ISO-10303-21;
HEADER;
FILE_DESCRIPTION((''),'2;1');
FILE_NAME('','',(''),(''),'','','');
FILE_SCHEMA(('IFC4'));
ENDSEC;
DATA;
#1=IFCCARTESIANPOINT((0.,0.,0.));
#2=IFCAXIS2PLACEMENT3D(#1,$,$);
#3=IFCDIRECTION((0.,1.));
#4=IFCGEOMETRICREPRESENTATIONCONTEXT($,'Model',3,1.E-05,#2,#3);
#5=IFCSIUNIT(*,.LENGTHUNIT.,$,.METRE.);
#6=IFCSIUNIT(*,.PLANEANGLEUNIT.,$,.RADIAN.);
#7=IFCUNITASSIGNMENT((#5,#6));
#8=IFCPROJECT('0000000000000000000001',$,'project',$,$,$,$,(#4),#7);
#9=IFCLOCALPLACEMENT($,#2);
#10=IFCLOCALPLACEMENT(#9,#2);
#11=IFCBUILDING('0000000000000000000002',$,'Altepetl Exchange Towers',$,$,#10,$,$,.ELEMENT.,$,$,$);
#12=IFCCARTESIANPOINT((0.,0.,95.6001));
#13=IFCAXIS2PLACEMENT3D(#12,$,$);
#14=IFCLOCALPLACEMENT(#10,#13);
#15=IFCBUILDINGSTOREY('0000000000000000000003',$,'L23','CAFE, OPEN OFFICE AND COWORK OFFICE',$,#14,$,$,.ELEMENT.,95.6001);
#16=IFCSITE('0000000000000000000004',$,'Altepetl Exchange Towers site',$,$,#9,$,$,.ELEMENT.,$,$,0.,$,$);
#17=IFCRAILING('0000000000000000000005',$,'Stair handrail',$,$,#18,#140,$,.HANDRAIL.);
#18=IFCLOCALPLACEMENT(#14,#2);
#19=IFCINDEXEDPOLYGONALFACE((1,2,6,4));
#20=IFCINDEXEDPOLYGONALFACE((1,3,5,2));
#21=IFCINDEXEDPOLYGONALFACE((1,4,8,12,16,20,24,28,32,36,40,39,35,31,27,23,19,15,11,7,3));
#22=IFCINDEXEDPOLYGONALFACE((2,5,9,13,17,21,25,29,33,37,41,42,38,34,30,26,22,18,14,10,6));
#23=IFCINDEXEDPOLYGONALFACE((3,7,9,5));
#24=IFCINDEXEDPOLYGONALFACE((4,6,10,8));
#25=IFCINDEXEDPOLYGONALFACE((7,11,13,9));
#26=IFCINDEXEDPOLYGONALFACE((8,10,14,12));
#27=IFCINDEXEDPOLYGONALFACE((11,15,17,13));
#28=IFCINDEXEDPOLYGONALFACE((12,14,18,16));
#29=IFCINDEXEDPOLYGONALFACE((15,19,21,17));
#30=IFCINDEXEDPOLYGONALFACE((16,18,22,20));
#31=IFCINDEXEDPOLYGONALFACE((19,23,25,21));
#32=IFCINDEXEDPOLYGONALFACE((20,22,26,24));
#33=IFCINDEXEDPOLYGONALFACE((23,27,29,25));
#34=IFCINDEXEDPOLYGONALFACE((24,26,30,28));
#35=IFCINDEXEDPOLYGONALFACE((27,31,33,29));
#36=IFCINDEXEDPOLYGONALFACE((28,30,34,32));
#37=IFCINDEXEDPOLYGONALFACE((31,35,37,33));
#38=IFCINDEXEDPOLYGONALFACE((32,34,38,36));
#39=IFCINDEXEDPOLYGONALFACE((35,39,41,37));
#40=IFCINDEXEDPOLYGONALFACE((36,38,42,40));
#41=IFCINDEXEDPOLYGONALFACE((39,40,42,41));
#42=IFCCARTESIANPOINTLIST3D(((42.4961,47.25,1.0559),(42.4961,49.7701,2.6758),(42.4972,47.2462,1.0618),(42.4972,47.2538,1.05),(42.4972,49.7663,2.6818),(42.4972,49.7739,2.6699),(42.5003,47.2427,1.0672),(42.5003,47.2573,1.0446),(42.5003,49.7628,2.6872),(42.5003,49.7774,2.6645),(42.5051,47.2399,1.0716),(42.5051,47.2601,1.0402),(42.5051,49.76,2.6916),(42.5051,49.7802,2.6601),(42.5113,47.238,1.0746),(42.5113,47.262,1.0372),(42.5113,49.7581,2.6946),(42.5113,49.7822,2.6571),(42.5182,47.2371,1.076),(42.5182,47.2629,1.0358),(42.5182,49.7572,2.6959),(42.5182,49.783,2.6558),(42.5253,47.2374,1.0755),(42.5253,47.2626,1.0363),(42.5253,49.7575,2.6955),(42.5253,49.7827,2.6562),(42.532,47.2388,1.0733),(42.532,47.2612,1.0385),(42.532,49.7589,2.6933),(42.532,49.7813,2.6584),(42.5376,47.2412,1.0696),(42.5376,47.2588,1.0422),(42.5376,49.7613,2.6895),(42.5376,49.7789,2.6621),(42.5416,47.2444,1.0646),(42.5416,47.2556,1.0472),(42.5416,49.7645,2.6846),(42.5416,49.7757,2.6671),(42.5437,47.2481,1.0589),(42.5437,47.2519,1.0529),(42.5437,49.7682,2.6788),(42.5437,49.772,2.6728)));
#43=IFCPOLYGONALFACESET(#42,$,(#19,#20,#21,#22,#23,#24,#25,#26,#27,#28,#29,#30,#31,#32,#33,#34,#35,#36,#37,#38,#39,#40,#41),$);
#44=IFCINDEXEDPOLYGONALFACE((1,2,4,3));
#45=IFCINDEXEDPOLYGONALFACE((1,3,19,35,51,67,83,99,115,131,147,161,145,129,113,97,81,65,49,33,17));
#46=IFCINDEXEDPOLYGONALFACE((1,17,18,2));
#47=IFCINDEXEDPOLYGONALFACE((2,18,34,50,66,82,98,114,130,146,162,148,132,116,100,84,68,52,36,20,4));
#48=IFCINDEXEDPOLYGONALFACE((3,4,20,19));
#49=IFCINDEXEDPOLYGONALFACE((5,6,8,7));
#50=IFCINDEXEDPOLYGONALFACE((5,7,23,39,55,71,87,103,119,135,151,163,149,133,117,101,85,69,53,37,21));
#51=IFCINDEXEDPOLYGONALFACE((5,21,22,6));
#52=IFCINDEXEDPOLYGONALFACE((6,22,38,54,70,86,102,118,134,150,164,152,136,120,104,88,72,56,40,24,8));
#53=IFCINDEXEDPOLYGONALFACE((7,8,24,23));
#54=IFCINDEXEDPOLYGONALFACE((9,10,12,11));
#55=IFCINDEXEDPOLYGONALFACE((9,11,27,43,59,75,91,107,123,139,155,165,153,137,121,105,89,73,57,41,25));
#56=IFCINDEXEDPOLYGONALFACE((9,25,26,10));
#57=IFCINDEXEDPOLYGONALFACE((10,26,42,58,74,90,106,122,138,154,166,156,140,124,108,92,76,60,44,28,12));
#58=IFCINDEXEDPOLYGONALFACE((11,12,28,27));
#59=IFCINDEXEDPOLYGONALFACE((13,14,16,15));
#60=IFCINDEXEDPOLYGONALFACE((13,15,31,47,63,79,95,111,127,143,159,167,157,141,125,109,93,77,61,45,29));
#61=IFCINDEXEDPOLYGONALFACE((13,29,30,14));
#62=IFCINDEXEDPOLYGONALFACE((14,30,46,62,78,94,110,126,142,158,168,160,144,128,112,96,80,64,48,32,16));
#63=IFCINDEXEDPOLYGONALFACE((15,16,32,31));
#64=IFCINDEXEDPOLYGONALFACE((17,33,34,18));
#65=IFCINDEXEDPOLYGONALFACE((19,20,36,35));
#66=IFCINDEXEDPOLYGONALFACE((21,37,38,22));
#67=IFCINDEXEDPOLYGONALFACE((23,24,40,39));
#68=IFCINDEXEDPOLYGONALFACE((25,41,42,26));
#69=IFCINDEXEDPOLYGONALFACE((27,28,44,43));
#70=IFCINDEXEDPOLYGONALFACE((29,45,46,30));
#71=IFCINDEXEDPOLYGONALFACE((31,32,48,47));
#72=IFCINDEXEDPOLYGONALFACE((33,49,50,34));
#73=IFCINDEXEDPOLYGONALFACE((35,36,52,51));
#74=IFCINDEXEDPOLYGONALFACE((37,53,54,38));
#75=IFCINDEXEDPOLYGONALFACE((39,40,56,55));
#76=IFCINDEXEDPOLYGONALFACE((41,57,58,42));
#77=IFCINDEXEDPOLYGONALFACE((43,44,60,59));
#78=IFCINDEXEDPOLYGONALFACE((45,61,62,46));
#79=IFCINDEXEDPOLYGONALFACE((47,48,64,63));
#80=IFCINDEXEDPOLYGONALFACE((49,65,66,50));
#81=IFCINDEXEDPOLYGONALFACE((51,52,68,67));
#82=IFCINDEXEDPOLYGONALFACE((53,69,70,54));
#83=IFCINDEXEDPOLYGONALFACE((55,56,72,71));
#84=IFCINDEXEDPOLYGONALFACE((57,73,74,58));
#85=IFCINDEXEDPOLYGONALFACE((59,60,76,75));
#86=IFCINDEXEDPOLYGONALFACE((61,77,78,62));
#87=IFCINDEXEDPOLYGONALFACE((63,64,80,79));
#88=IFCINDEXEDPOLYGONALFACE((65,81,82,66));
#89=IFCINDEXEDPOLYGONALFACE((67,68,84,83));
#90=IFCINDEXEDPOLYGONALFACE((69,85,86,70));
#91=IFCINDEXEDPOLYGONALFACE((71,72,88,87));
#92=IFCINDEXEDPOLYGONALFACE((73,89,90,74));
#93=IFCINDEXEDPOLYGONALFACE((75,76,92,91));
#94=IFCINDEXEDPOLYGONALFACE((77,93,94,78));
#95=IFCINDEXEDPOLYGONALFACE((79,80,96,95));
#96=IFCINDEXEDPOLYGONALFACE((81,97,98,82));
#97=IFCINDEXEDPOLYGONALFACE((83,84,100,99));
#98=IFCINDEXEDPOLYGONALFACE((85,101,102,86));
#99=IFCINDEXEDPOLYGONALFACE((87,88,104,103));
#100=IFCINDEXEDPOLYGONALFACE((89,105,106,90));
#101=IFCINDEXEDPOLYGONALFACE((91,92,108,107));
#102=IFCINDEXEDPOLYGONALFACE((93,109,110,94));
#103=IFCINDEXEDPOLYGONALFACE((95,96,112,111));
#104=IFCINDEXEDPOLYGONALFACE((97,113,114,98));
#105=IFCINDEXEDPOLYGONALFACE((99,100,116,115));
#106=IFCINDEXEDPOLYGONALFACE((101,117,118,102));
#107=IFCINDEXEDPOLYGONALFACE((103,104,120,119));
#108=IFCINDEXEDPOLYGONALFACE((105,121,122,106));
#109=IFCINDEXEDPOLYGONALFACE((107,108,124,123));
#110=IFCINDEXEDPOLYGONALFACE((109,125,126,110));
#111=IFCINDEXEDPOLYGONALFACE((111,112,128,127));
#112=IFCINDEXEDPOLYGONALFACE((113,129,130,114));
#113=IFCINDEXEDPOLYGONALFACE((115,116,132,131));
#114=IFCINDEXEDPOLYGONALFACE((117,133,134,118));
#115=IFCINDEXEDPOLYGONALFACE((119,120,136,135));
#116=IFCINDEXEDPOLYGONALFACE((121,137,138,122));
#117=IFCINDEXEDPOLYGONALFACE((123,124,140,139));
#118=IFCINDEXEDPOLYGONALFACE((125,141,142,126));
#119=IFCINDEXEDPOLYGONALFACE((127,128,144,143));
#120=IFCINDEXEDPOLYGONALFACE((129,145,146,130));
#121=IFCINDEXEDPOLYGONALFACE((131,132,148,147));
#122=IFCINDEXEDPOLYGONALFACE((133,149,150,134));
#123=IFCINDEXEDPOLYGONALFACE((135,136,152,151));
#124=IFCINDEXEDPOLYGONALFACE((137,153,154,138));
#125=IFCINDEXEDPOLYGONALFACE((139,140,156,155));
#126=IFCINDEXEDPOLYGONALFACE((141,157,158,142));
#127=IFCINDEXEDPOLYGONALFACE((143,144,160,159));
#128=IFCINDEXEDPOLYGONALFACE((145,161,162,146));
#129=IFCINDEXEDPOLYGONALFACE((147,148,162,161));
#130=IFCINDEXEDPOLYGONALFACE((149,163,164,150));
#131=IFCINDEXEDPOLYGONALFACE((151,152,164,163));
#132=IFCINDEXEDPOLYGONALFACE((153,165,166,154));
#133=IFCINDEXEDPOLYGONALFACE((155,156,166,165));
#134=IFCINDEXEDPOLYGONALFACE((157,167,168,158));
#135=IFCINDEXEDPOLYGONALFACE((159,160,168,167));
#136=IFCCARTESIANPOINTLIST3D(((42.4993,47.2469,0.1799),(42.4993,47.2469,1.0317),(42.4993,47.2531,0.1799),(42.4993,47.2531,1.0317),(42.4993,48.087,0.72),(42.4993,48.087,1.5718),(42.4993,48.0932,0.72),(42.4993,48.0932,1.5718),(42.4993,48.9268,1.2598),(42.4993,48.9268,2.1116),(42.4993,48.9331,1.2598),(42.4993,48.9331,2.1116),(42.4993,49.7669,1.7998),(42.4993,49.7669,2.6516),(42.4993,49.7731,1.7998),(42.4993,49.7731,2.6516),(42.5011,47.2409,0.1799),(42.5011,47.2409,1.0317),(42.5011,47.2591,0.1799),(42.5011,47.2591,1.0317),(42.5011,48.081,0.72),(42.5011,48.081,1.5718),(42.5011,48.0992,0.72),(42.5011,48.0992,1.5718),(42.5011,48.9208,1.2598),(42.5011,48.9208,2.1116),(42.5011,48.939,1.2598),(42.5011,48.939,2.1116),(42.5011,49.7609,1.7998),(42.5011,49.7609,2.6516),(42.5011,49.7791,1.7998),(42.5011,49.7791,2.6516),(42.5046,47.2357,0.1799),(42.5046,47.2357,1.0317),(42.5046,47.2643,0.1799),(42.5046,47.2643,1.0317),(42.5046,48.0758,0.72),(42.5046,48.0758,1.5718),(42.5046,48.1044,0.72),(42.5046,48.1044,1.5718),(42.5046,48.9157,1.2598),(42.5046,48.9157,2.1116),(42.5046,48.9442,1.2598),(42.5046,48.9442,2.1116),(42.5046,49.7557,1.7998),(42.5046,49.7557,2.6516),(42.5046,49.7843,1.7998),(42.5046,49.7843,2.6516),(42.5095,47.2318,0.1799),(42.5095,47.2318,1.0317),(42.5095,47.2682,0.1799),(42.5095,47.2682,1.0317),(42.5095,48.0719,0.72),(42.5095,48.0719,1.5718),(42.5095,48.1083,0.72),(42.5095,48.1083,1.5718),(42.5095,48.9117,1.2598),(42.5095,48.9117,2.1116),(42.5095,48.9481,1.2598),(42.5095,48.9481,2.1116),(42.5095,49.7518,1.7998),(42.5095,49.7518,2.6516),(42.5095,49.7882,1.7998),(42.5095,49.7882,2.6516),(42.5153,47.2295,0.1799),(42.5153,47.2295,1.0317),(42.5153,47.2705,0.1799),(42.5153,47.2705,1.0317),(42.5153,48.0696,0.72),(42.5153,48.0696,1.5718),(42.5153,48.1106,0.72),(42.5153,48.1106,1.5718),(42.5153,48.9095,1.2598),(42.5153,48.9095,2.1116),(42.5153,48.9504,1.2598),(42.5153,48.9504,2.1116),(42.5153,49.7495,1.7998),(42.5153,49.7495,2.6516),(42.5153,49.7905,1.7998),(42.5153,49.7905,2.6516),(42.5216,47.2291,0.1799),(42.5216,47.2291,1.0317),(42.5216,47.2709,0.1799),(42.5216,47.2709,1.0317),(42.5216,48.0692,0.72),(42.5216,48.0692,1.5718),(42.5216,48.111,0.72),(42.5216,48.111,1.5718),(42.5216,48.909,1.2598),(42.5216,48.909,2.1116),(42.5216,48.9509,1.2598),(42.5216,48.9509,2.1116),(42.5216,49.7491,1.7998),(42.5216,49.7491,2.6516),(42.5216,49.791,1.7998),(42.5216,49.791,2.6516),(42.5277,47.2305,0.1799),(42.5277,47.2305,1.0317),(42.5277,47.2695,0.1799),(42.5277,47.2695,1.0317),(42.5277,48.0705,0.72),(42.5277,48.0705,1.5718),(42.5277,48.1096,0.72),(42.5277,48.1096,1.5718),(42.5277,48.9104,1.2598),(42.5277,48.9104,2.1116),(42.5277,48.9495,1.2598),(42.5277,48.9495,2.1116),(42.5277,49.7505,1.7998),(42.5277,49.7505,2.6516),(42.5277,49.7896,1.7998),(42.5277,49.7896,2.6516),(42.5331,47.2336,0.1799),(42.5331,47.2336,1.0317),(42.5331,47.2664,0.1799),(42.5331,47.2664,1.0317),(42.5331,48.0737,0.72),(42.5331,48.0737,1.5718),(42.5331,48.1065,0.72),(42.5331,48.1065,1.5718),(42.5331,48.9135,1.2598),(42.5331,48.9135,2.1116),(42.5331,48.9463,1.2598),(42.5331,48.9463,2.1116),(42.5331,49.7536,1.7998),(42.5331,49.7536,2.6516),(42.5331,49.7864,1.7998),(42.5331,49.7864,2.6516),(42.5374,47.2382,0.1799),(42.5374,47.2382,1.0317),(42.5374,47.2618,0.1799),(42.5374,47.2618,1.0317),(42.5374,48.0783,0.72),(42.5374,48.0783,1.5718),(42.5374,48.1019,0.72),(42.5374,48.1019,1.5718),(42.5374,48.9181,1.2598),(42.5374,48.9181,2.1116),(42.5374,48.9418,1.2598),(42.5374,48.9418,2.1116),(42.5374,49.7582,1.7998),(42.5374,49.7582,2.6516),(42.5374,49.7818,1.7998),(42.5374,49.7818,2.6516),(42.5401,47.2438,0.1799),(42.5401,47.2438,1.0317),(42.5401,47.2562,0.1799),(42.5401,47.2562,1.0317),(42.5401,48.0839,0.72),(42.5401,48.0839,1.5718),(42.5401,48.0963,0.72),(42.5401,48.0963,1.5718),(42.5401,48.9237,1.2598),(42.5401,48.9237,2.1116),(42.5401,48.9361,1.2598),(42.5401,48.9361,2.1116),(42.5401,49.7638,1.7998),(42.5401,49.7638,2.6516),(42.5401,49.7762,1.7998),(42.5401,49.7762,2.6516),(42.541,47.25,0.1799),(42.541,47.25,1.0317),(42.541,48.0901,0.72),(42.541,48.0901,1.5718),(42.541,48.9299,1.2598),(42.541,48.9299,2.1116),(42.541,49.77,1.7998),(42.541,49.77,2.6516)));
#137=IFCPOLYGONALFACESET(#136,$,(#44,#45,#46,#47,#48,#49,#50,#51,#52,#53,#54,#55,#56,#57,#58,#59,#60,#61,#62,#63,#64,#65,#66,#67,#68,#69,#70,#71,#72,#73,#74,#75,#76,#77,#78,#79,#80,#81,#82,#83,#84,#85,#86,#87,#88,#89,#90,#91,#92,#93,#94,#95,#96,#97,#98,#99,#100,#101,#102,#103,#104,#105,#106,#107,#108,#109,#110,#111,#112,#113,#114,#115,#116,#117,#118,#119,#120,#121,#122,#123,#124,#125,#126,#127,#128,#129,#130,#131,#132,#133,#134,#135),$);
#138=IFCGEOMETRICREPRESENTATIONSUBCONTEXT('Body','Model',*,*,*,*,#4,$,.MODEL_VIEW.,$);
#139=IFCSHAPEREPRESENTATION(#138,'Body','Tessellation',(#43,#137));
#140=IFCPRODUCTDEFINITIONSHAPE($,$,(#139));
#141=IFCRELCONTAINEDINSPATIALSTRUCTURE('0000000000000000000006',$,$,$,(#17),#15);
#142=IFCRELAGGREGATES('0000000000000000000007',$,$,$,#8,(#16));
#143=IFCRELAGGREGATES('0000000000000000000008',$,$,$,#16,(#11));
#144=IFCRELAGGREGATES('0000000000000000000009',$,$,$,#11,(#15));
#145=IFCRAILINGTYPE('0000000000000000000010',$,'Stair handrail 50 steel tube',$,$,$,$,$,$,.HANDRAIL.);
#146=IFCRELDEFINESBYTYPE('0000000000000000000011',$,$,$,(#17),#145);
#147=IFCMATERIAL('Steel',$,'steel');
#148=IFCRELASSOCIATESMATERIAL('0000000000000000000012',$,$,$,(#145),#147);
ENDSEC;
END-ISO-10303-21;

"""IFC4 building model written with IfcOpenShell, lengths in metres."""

from ifc_helpers import new_model, si_unit, direction, frame, origin, origin_2d, place, context, subcontext, project, spatial, circle, extrude, source, transform, mapped, material, type_object, element, save


model = new_model("IFC4")

# Units and contexts
model_context = context("Model", 3, precision=1e-05, world=origin(), true_north=direction((0.0, 1.0)))
body_context = subcontext(model_context, "Body", "Model", "MODEL_VIEW")
ifc_project = project(units=[si_unit("LENGTHUNIT", "METRE"), si_unit("PLANEANGLEUNIT", "RADIAN")], contexts=[model_context])

# Site, building, storey
site_placement = place(None, origin())
site = spatial("IfcSite", under=ifc_project, at=site_placement, Name="Altepetl Exchange Towers site", CompositionType="ELEMENT", RefElevation=0.0)
building_placement = place(site_placement, origin())
building = spatial("IfcBuilding", under=site, at=building_placement, Name="Altepetl Exchange Towers", CompositionType="ELEMENT")
storey_placement = place(building_placement, frame((0.0, 0.0, 95.6001)))
storey = spatial("IfcBuildingStorey", under=building, at=storey_placement, Name="L23", Description="CAFE, OPEN OFFICE AND COWORK OFFICE", CompositionType="ELEMENT", Elevation=95.6001)

# Railing
ifc_material_1 = material(Name="Steel", Category="steel")
railing_type = type_object("IfcRailingType", Name="Stair handrail 50 steel tube", PredefinedType="HANDRAIL", material=ifc_material_1)
shared_shape = source(origin(), body_context, "Body", "SweptSolid", [
    extrude(circle(Radius=0.021, at=origin_2d()), origin(), (0.0, 0.0, 1.0), 0.8518),
])
railing_1_placement = place(storey_placement, frame((42.52, 47.25, 0.1799)))
element("IfcRailing", 1, at=railing_1_placement, inside=storey, type_object=railing_type, Name="Stair handrail", PredefinedType="HANDRAIL", context=body_context, shape_type="SweptSolid", body=[
    extrude(circle(Radius=0.0239, at=origin_2d()), frame((0.0, 0.0, 0.876), z_axis=(0.0, 0.8412, 0.540725), x_axis=(-1.0, 0.0, 0.0)), (0.0, 0.0, 1.0), 2.9958),
    mapped(shared_shape, transform((0.0, 0.0, 0.0))),
    mapped(shared_shape, transform((0.0, 0.8401, 0.54))),
    mapped(shared_shape, transform((0.0, 1.6799, 1.0798))),
    mapped(shared_shape, transform((0.0, 2.52, 1.6199))),
])

save(model, "model.ifc")
